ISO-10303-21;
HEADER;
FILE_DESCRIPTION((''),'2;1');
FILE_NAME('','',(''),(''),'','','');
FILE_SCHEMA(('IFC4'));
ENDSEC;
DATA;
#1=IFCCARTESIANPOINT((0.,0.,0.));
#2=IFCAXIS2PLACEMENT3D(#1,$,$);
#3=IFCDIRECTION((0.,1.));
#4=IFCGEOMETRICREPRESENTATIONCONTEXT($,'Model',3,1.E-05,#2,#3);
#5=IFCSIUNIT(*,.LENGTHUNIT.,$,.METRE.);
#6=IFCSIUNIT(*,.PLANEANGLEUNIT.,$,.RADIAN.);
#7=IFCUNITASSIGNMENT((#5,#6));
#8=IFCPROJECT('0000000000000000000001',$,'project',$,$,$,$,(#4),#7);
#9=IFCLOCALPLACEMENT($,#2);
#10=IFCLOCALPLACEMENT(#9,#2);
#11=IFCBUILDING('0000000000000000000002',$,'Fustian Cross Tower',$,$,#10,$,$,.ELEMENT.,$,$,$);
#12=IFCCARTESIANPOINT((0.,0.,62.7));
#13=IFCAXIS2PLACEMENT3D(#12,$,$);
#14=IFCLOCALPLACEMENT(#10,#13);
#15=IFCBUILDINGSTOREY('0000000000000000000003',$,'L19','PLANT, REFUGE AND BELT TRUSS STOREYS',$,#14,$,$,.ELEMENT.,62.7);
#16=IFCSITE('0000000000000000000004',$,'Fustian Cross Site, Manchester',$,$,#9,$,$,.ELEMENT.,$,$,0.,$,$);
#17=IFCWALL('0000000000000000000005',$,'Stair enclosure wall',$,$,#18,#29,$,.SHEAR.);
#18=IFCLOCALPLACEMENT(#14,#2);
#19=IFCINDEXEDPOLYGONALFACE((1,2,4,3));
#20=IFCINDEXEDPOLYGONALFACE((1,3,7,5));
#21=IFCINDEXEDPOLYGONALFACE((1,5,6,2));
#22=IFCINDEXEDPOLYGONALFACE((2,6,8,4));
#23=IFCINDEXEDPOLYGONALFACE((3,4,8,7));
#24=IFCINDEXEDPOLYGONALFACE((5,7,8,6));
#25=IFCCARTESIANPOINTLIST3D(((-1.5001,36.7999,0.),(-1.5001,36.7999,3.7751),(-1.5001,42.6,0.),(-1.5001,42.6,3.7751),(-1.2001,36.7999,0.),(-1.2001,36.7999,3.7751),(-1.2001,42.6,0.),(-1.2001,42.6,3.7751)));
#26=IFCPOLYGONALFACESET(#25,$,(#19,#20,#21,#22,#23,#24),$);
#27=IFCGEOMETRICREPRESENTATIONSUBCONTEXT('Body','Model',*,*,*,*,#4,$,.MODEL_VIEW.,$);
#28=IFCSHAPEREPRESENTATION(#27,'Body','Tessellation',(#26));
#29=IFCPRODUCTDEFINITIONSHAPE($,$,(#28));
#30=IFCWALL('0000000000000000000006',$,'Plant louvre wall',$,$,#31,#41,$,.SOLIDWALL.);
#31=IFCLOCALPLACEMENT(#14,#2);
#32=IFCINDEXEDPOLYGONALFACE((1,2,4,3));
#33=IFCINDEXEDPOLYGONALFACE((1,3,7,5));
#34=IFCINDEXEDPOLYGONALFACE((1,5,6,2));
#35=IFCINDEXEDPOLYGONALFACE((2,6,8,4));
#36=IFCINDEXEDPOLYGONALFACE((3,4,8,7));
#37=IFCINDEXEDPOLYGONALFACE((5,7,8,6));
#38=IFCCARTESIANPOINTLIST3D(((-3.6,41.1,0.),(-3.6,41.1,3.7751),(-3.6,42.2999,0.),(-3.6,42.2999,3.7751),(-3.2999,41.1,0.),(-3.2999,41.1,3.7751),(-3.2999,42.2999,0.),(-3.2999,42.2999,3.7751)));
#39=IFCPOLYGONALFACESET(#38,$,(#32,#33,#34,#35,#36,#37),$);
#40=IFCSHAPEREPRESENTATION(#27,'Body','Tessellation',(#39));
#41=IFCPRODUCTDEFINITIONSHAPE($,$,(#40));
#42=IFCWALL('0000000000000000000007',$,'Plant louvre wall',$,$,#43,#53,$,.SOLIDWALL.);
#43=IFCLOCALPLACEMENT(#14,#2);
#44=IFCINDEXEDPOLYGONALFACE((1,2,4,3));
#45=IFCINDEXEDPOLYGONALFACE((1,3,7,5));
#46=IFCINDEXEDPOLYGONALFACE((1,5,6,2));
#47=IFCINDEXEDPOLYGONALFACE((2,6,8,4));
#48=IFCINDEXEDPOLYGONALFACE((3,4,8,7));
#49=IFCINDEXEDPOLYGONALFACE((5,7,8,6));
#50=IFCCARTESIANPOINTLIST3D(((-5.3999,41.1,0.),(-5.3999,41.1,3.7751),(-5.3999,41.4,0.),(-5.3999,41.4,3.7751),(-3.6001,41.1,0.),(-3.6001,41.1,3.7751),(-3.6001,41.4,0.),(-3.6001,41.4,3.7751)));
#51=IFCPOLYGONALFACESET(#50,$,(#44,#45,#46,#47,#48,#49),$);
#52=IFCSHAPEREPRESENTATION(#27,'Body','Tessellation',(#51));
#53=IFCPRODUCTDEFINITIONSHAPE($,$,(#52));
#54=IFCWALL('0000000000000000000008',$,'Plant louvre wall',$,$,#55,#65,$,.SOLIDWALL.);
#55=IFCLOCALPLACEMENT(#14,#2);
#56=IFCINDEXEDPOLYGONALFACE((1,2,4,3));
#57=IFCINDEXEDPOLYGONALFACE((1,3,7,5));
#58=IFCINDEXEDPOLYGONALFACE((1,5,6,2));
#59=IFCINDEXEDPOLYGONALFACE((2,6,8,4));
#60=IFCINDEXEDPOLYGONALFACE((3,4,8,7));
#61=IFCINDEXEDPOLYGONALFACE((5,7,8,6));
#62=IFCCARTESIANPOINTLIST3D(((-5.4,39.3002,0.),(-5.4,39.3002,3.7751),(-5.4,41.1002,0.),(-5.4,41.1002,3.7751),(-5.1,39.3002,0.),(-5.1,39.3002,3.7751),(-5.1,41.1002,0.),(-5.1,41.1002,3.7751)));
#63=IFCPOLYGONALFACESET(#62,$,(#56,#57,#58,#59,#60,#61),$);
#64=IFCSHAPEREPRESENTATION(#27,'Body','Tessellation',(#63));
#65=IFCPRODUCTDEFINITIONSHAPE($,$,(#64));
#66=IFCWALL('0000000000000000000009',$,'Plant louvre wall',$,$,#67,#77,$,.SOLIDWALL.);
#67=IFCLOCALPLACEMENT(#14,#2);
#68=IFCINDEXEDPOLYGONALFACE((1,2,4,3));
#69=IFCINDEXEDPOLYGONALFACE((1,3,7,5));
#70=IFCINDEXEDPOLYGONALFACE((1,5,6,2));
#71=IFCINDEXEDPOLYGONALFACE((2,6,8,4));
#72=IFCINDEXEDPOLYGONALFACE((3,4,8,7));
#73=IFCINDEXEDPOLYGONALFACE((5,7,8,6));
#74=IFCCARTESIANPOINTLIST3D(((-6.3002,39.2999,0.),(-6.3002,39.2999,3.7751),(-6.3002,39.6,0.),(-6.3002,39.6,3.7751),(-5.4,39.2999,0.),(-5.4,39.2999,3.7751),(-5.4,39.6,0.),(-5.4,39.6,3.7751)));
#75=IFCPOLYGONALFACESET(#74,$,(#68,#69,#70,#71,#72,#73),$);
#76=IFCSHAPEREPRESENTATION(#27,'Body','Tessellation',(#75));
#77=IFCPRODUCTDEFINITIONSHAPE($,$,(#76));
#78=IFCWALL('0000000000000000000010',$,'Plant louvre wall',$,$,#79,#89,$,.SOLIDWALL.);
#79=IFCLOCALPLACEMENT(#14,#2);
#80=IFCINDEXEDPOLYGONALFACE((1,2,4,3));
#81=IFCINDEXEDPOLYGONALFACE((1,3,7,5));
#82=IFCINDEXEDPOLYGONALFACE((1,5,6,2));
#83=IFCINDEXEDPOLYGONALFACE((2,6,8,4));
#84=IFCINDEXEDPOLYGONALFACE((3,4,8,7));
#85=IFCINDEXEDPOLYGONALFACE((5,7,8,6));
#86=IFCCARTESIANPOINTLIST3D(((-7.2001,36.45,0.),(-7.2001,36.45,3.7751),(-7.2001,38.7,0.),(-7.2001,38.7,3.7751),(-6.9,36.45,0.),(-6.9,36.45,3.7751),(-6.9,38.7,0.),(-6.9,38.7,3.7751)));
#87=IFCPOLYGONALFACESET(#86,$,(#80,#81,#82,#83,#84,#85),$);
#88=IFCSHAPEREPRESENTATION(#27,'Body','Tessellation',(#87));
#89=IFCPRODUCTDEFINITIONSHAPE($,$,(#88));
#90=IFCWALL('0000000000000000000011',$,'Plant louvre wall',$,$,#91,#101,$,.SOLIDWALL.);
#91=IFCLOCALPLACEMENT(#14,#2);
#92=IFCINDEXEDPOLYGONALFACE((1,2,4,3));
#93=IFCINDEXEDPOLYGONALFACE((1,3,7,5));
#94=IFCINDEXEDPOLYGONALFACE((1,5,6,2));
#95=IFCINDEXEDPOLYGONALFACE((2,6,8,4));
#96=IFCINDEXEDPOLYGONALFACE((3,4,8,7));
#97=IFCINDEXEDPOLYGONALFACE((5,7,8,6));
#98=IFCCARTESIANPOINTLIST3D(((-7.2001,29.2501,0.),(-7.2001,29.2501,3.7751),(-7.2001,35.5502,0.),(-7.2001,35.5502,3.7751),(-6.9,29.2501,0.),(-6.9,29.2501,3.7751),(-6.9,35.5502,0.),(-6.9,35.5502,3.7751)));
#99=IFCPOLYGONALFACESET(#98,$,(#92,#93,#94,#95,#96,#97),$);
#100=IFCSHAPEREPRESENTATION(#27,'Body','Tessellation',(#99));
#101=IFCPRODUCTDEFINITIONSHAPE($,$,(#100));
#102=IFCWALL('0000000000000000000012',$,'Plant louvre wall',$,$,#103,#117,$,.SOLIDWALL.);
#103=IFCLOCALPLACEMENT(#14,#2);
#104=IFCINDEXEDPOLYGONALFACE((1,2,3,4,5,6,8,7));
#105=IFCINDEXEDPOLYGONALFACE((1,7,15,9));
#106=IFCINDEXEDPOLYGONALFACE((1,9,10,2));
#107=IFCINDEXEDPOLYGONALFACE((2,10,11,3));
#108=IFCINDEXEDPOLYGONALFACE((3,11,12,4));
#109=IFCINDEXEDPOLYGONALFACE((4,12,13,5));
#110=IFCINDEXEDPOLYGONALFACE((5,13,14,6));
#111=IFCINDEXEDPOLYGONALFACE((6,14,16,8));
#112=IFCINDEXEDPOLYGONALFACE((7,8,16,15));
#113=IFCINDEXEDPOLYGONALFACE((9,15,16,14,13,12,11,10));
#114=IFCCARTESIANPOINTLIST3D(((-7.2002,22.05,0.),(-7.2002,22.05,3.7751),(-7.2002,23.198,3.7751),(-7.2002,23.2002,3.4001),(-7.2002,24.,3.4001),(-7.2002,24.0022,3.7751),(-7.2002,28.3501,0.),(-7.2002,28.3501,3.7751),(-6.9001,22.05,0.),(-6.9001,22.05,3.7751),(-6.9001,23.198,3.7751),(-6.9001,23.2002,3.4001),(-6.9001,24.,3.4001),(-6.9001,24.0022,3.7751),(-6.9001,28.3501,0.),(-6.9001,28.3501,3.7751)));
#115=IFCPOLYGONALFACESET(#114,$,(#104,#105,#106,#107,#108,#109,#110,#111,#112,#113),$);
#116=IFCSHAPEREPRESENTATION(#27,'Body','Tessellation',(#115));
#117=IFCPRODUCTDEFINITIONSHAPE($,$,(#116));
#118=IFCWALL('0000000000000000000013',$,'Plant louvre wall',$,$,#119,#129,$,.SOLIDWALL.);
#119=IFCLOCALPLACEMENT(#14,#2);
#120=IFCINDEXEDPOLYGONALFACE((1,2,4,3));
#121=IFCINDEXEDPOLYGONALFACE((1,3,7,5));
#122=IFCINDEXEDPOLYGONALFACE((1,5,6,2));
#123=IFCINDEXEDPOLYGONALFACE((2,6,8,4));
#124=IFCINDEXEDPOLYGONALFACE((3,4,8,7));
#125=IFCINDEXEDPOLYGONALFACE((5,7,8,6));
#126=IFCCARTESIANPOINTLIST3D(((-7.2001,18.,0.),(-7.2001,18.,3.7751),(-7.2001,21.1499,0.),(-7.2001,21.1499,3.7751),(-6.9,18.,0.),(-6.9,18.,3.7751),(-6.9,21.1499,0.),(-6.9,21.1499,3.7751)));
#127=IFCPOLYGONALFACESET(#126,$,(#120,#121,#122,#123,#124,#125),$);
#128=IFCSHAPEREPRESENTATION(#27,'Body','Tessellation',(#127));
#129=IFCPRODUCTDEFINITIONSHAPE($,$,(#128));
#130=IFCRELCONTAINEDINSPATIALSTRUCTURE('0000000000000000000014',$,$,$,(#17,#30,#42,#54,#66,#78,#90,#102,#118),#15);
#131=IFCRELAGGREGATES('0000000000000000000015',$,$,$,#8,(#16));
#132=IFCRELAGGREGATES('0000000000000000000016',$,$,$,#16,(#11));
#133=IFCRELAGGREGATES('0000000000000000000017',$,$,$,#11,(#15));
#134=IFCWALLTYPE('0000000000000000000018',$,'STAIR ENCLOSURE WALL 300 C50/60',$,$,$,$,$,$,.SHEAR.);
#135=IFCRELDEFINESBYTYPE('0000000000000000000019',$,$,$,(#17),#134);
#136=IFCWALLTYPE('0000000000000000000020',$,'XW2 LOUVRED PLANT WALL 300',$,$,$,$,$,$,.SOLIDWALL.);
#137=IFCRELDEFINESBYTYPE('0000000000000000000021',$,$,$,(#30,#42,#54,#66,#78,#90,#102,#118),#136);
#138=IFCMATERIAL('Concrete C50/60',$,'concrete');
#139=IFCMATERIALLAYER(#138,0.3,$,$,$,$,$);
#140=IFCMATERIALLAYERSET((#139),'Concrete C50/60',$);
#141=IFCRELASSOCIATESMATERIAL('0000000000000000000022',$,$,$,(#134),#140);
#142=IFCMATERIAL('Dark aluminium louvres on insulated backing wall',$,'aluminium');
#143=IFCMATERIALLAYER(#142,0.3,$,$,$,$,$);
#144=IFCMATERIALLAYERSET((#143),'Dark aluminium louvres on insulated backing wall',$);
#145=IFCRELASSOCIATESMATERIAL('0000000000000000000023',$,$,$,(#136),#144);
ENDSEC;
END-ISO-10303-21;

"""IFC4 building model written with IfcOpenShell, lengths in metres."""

from ifc_helpers import new_model, si_unit, direction, frame, frame_2d, origin, place, context, subcontext, project, spatial, polyline, rectangle, outline, extrude, material, layer, layer_set, type_object, element, save


model = new_model("IFC4")

# Units and contexts
model_context = context("Model", 3, precision=1e-05, world=origin(), true_north=direction((0.0, 1.0)))
body_context = subcontext(model_context, "Body", "Model", "MODEL_VIEW")
ifc_project = project(units=[si_unit("LENGTHUNIT", "METRE"), si_unit("PLANEANGLEUNIT", "RADIAN")], contexts=[model_context])

# Site, building, storey
site_placement = place(None, origin())
site = spatial("IfcSite", under=ifc_project, at=site_placement, Name="Fustian Cross Site, Manchester", CompositionType="ELEMENT", RefElevation=0.0)
building_placement = place(site_placement, origin())
building = spatial("IfcBuilding", under=site, at=building_placement, Name="Fustian Cross Tower", CompositionType="ELEMENT")
storey_placement = place(building_placement, frame((0.0, 0.0, 62.7)))
storey = spatial("IfcBuildingStorey", under=building, at=storey_placement, Name="L19", Description="PLANT, REFUGE AND BELT TRUSS STOREYS", CompositionType="ELEMENT", Elevation=62.7)

# Shared definitions
ifc_material_1 = material(Name="Concrete C50/60", Category="concrete")
ifc_layer_1 = layer(ifc_material_1, 0.3)
ifc_layer_set_1 = layer_set([ifc_layer_1], Name="Concrete C50/60")
wall_type_1 = type_object("IfcWallType", Name="STAIR ENCLOSURE WALL 300 C50/60", PredefinedType="SHEAR", material=ifc_layer_set_1)

# Walls
wall_1_placement = place(storey_placement, frame((-1.3501, 36.8, 0.0), z_axis=(0.0, 0.0, 1.0), x_axis=(0.0, 1.0, 0.0)))
element("IfcWall", 1, at=wall_1_placement, inside=storey, type_object=wall_type_1, Name="Stair enclosure wall", PredefinedType="SHEAR", context=body_context, shape_type="SweptSolid", body=[
    extrude(rectangle(XDim=5.8, YDim=0.3, at=frame_2d((2.8999, 0.0))), origin(), (0.0, 0.0, 1.0), 3.7751),
])
ifc_material_2 = material(Name="Dark aluminium louvres on insulated backing wall", Category="aluminium")
ifc_layer_2 = layer(ifc_material_2, 0.3)
ifc_layer_set_2 = layer_set([ifc_layer_2], Name="Dark aluminium louvres on insulated backing wall")
wall_type_2 = type_object("IfcWallType", Name="XW2 LOUVRED PLANT WALL 300", PredefinedType="SOLIDWALL", material=ifc_layer_set_2)
wall_2_placement = place(storey_placement, frame((-3.45, 42.3, 0.0), z_axis=(0.0, 0.0, 1.0), x_axis=(0.0, -1.0, 0.0)))
element("IfcWall", 2, at=wall_2_placement, inside=storey, type_object=wall_type_2, Name="Plant louvre wall", PredefinedType="SOLIDWALL", context=body_context, shape_type="SweptSolid", body=[
    extrude(rectangle(XDim=1.2, YDim=0.3, at=frame_2d((0.6001, 0.0))), origin(), (0.0, 0.0, 1.0), 3.7751),
])
wall_3_placement = place(storey_placement, frame((-3.6001, 41.25, 0.0), z_axis=(0.0, 0.0, 1.0), x_axis=(-1.0, 0.0, 0.0)))
element("IfcWall", 3, at=wall_3_placement, inside=storey, type_object=wall_type_2, Name="Plant louvre wall", PredefinedType="SOLIDWALL", context=body_context, shape_type="SweptSolid", body=[
    extrude(rectangle(XDim=1.7998, YDim=0.3, at=frame_2d((0.8999, 0.0))), origin(), (0.0, 0.0, 1.0), 3.7751),
])
wall_4_placement = place(storey_placement, frame((-5.25, 41.1001, 0.0), z_axis=(0.0, 0.0, 1.0), x_axis=(0.0, -1.0, 0.0)))
element("IfcWall", 4, at=wall_4_placement, inside=storey, type_object=wall_type_2, Name="Plant louvre wall", PredefinedType="SOLIDWALL", context=body_context, shape_type="SweptSolid", body=[
    extrude(rectangle(XDim=1.8, YDim=0.3, at=frame_2d((0.8999, 0.0))), origin(), (0.0, 0.0, 1.0), 3.7751),
])
wall_5_placement = place(storey_placement, frame((-5.3999, 39.45, 0.0), z_axis=(0.0, 0.0, 1.0), x_axis=(-1.0, 0.0, 0.0)))
element("IfcWall", 5, at=wall_5_placement, inside=storey, type_object=wall_type_2, Name="Plant louvre wall", PredefinedType="SOLIDWALL", context=body_context, shape_type="SweptSolid", body=[
    extrude(rectangle(XDim=0.9001, YDim=0.3, at=frame_2d((0.4502, 0.0))), origin(), (0.0, 0.0, 1.0), 3.7751),
])
wall_6_placement = place(storey_placement, frame((-7.05, 38.7, 0.0), z_axis=(0.0, 0.0, 1.0), x_axis=(0.0, -1.0, 0.0)))
element("IfcWall", 6, at=wall_6_placement, inside=storey, type_object=wall_type_2, Name="Plant louvre wall", PredefinedType="SOLIDWALL", context=body_context, shape_type="SweptSolid", body=[
    extrude(rectangle(XDim=2.25, YDim=0.3, at=frame_2d((1.125, 0.0))), origin(), (0.0, 0.0, 1.0), 3.7751),
])
wall_7_placement = place(storey_placement, frame((-7.05, 35.55, 0.0), z_axis=(0.0, 0.0, 1.0), x_axis=(0.0, -1.0, 0.0)))
element("IfcWall", 7, at=wall_7_placement, inside=storey, type_object=wall_type_2, Name="Plant louvre wall", PredefinedType="SOLIDWALL", context=body_context, shape_type="SweptSolid", body=[
    extrude(rectangle(XDim=6.3, YDim=0.3, at=frame_2d((3.1499, 0.0))), origin(), (0.0, 0.0, 1.0), 3.7751),
])
wall_8_placement = place(storey_placement, frame((-7.05, 28.3501, 0.0), z_axis=(0.0, 0.0, 1.0), x_axis=(0.0, -1.0, 0.0)))
element("IfcWall", 8, at=wall_8_placement, inside=storey, type_object=wall_type_2, Name="Plant louvre wall", PredefinedType="SOLIDWALL", context=body_context, shape_type="SweptSolid", body=[
    extrude(outline(polyline([(0.0, 0.0), (6.3, 0.0), (6.3, 3.7751), (5.1521, 3.7751), (5.1499, 3.4001), (4.3501, 3.4001), (4.3479, 3.7751), (0.0, 3.7751), (0.0, 0.0)])), frame((0.0, 0.1499, 0.0), z_axis=(0.0, -1.0, 0.0), x_axis=(1.0, 0.0, 0.0)), (0.0, 0.0, 1.0), 0.3),
])
wall_9_placement = place(storey_placement, frame((-7.05, 21.1499, 0.0), z_axis=(0.0, 0.0, 1.0), x_axis=(0.0, -1.0, 0.0)))
element("IfcWall", 9, at=wall_9_placement, inside=storey, type_object=wall_type_2, Name="Plant louvre wall", PredefinedType="SOLIDWALL", context=body_context, shape_type="SweptSolid", body=[
    extrude(rectangle(XDim=3.1499, YDim=0.3, at=frame_2d((1.575, 0.0))), origin(), (0.0, 0.0, 1.0), 3.7751),
])

save(model, "model.ifc")
